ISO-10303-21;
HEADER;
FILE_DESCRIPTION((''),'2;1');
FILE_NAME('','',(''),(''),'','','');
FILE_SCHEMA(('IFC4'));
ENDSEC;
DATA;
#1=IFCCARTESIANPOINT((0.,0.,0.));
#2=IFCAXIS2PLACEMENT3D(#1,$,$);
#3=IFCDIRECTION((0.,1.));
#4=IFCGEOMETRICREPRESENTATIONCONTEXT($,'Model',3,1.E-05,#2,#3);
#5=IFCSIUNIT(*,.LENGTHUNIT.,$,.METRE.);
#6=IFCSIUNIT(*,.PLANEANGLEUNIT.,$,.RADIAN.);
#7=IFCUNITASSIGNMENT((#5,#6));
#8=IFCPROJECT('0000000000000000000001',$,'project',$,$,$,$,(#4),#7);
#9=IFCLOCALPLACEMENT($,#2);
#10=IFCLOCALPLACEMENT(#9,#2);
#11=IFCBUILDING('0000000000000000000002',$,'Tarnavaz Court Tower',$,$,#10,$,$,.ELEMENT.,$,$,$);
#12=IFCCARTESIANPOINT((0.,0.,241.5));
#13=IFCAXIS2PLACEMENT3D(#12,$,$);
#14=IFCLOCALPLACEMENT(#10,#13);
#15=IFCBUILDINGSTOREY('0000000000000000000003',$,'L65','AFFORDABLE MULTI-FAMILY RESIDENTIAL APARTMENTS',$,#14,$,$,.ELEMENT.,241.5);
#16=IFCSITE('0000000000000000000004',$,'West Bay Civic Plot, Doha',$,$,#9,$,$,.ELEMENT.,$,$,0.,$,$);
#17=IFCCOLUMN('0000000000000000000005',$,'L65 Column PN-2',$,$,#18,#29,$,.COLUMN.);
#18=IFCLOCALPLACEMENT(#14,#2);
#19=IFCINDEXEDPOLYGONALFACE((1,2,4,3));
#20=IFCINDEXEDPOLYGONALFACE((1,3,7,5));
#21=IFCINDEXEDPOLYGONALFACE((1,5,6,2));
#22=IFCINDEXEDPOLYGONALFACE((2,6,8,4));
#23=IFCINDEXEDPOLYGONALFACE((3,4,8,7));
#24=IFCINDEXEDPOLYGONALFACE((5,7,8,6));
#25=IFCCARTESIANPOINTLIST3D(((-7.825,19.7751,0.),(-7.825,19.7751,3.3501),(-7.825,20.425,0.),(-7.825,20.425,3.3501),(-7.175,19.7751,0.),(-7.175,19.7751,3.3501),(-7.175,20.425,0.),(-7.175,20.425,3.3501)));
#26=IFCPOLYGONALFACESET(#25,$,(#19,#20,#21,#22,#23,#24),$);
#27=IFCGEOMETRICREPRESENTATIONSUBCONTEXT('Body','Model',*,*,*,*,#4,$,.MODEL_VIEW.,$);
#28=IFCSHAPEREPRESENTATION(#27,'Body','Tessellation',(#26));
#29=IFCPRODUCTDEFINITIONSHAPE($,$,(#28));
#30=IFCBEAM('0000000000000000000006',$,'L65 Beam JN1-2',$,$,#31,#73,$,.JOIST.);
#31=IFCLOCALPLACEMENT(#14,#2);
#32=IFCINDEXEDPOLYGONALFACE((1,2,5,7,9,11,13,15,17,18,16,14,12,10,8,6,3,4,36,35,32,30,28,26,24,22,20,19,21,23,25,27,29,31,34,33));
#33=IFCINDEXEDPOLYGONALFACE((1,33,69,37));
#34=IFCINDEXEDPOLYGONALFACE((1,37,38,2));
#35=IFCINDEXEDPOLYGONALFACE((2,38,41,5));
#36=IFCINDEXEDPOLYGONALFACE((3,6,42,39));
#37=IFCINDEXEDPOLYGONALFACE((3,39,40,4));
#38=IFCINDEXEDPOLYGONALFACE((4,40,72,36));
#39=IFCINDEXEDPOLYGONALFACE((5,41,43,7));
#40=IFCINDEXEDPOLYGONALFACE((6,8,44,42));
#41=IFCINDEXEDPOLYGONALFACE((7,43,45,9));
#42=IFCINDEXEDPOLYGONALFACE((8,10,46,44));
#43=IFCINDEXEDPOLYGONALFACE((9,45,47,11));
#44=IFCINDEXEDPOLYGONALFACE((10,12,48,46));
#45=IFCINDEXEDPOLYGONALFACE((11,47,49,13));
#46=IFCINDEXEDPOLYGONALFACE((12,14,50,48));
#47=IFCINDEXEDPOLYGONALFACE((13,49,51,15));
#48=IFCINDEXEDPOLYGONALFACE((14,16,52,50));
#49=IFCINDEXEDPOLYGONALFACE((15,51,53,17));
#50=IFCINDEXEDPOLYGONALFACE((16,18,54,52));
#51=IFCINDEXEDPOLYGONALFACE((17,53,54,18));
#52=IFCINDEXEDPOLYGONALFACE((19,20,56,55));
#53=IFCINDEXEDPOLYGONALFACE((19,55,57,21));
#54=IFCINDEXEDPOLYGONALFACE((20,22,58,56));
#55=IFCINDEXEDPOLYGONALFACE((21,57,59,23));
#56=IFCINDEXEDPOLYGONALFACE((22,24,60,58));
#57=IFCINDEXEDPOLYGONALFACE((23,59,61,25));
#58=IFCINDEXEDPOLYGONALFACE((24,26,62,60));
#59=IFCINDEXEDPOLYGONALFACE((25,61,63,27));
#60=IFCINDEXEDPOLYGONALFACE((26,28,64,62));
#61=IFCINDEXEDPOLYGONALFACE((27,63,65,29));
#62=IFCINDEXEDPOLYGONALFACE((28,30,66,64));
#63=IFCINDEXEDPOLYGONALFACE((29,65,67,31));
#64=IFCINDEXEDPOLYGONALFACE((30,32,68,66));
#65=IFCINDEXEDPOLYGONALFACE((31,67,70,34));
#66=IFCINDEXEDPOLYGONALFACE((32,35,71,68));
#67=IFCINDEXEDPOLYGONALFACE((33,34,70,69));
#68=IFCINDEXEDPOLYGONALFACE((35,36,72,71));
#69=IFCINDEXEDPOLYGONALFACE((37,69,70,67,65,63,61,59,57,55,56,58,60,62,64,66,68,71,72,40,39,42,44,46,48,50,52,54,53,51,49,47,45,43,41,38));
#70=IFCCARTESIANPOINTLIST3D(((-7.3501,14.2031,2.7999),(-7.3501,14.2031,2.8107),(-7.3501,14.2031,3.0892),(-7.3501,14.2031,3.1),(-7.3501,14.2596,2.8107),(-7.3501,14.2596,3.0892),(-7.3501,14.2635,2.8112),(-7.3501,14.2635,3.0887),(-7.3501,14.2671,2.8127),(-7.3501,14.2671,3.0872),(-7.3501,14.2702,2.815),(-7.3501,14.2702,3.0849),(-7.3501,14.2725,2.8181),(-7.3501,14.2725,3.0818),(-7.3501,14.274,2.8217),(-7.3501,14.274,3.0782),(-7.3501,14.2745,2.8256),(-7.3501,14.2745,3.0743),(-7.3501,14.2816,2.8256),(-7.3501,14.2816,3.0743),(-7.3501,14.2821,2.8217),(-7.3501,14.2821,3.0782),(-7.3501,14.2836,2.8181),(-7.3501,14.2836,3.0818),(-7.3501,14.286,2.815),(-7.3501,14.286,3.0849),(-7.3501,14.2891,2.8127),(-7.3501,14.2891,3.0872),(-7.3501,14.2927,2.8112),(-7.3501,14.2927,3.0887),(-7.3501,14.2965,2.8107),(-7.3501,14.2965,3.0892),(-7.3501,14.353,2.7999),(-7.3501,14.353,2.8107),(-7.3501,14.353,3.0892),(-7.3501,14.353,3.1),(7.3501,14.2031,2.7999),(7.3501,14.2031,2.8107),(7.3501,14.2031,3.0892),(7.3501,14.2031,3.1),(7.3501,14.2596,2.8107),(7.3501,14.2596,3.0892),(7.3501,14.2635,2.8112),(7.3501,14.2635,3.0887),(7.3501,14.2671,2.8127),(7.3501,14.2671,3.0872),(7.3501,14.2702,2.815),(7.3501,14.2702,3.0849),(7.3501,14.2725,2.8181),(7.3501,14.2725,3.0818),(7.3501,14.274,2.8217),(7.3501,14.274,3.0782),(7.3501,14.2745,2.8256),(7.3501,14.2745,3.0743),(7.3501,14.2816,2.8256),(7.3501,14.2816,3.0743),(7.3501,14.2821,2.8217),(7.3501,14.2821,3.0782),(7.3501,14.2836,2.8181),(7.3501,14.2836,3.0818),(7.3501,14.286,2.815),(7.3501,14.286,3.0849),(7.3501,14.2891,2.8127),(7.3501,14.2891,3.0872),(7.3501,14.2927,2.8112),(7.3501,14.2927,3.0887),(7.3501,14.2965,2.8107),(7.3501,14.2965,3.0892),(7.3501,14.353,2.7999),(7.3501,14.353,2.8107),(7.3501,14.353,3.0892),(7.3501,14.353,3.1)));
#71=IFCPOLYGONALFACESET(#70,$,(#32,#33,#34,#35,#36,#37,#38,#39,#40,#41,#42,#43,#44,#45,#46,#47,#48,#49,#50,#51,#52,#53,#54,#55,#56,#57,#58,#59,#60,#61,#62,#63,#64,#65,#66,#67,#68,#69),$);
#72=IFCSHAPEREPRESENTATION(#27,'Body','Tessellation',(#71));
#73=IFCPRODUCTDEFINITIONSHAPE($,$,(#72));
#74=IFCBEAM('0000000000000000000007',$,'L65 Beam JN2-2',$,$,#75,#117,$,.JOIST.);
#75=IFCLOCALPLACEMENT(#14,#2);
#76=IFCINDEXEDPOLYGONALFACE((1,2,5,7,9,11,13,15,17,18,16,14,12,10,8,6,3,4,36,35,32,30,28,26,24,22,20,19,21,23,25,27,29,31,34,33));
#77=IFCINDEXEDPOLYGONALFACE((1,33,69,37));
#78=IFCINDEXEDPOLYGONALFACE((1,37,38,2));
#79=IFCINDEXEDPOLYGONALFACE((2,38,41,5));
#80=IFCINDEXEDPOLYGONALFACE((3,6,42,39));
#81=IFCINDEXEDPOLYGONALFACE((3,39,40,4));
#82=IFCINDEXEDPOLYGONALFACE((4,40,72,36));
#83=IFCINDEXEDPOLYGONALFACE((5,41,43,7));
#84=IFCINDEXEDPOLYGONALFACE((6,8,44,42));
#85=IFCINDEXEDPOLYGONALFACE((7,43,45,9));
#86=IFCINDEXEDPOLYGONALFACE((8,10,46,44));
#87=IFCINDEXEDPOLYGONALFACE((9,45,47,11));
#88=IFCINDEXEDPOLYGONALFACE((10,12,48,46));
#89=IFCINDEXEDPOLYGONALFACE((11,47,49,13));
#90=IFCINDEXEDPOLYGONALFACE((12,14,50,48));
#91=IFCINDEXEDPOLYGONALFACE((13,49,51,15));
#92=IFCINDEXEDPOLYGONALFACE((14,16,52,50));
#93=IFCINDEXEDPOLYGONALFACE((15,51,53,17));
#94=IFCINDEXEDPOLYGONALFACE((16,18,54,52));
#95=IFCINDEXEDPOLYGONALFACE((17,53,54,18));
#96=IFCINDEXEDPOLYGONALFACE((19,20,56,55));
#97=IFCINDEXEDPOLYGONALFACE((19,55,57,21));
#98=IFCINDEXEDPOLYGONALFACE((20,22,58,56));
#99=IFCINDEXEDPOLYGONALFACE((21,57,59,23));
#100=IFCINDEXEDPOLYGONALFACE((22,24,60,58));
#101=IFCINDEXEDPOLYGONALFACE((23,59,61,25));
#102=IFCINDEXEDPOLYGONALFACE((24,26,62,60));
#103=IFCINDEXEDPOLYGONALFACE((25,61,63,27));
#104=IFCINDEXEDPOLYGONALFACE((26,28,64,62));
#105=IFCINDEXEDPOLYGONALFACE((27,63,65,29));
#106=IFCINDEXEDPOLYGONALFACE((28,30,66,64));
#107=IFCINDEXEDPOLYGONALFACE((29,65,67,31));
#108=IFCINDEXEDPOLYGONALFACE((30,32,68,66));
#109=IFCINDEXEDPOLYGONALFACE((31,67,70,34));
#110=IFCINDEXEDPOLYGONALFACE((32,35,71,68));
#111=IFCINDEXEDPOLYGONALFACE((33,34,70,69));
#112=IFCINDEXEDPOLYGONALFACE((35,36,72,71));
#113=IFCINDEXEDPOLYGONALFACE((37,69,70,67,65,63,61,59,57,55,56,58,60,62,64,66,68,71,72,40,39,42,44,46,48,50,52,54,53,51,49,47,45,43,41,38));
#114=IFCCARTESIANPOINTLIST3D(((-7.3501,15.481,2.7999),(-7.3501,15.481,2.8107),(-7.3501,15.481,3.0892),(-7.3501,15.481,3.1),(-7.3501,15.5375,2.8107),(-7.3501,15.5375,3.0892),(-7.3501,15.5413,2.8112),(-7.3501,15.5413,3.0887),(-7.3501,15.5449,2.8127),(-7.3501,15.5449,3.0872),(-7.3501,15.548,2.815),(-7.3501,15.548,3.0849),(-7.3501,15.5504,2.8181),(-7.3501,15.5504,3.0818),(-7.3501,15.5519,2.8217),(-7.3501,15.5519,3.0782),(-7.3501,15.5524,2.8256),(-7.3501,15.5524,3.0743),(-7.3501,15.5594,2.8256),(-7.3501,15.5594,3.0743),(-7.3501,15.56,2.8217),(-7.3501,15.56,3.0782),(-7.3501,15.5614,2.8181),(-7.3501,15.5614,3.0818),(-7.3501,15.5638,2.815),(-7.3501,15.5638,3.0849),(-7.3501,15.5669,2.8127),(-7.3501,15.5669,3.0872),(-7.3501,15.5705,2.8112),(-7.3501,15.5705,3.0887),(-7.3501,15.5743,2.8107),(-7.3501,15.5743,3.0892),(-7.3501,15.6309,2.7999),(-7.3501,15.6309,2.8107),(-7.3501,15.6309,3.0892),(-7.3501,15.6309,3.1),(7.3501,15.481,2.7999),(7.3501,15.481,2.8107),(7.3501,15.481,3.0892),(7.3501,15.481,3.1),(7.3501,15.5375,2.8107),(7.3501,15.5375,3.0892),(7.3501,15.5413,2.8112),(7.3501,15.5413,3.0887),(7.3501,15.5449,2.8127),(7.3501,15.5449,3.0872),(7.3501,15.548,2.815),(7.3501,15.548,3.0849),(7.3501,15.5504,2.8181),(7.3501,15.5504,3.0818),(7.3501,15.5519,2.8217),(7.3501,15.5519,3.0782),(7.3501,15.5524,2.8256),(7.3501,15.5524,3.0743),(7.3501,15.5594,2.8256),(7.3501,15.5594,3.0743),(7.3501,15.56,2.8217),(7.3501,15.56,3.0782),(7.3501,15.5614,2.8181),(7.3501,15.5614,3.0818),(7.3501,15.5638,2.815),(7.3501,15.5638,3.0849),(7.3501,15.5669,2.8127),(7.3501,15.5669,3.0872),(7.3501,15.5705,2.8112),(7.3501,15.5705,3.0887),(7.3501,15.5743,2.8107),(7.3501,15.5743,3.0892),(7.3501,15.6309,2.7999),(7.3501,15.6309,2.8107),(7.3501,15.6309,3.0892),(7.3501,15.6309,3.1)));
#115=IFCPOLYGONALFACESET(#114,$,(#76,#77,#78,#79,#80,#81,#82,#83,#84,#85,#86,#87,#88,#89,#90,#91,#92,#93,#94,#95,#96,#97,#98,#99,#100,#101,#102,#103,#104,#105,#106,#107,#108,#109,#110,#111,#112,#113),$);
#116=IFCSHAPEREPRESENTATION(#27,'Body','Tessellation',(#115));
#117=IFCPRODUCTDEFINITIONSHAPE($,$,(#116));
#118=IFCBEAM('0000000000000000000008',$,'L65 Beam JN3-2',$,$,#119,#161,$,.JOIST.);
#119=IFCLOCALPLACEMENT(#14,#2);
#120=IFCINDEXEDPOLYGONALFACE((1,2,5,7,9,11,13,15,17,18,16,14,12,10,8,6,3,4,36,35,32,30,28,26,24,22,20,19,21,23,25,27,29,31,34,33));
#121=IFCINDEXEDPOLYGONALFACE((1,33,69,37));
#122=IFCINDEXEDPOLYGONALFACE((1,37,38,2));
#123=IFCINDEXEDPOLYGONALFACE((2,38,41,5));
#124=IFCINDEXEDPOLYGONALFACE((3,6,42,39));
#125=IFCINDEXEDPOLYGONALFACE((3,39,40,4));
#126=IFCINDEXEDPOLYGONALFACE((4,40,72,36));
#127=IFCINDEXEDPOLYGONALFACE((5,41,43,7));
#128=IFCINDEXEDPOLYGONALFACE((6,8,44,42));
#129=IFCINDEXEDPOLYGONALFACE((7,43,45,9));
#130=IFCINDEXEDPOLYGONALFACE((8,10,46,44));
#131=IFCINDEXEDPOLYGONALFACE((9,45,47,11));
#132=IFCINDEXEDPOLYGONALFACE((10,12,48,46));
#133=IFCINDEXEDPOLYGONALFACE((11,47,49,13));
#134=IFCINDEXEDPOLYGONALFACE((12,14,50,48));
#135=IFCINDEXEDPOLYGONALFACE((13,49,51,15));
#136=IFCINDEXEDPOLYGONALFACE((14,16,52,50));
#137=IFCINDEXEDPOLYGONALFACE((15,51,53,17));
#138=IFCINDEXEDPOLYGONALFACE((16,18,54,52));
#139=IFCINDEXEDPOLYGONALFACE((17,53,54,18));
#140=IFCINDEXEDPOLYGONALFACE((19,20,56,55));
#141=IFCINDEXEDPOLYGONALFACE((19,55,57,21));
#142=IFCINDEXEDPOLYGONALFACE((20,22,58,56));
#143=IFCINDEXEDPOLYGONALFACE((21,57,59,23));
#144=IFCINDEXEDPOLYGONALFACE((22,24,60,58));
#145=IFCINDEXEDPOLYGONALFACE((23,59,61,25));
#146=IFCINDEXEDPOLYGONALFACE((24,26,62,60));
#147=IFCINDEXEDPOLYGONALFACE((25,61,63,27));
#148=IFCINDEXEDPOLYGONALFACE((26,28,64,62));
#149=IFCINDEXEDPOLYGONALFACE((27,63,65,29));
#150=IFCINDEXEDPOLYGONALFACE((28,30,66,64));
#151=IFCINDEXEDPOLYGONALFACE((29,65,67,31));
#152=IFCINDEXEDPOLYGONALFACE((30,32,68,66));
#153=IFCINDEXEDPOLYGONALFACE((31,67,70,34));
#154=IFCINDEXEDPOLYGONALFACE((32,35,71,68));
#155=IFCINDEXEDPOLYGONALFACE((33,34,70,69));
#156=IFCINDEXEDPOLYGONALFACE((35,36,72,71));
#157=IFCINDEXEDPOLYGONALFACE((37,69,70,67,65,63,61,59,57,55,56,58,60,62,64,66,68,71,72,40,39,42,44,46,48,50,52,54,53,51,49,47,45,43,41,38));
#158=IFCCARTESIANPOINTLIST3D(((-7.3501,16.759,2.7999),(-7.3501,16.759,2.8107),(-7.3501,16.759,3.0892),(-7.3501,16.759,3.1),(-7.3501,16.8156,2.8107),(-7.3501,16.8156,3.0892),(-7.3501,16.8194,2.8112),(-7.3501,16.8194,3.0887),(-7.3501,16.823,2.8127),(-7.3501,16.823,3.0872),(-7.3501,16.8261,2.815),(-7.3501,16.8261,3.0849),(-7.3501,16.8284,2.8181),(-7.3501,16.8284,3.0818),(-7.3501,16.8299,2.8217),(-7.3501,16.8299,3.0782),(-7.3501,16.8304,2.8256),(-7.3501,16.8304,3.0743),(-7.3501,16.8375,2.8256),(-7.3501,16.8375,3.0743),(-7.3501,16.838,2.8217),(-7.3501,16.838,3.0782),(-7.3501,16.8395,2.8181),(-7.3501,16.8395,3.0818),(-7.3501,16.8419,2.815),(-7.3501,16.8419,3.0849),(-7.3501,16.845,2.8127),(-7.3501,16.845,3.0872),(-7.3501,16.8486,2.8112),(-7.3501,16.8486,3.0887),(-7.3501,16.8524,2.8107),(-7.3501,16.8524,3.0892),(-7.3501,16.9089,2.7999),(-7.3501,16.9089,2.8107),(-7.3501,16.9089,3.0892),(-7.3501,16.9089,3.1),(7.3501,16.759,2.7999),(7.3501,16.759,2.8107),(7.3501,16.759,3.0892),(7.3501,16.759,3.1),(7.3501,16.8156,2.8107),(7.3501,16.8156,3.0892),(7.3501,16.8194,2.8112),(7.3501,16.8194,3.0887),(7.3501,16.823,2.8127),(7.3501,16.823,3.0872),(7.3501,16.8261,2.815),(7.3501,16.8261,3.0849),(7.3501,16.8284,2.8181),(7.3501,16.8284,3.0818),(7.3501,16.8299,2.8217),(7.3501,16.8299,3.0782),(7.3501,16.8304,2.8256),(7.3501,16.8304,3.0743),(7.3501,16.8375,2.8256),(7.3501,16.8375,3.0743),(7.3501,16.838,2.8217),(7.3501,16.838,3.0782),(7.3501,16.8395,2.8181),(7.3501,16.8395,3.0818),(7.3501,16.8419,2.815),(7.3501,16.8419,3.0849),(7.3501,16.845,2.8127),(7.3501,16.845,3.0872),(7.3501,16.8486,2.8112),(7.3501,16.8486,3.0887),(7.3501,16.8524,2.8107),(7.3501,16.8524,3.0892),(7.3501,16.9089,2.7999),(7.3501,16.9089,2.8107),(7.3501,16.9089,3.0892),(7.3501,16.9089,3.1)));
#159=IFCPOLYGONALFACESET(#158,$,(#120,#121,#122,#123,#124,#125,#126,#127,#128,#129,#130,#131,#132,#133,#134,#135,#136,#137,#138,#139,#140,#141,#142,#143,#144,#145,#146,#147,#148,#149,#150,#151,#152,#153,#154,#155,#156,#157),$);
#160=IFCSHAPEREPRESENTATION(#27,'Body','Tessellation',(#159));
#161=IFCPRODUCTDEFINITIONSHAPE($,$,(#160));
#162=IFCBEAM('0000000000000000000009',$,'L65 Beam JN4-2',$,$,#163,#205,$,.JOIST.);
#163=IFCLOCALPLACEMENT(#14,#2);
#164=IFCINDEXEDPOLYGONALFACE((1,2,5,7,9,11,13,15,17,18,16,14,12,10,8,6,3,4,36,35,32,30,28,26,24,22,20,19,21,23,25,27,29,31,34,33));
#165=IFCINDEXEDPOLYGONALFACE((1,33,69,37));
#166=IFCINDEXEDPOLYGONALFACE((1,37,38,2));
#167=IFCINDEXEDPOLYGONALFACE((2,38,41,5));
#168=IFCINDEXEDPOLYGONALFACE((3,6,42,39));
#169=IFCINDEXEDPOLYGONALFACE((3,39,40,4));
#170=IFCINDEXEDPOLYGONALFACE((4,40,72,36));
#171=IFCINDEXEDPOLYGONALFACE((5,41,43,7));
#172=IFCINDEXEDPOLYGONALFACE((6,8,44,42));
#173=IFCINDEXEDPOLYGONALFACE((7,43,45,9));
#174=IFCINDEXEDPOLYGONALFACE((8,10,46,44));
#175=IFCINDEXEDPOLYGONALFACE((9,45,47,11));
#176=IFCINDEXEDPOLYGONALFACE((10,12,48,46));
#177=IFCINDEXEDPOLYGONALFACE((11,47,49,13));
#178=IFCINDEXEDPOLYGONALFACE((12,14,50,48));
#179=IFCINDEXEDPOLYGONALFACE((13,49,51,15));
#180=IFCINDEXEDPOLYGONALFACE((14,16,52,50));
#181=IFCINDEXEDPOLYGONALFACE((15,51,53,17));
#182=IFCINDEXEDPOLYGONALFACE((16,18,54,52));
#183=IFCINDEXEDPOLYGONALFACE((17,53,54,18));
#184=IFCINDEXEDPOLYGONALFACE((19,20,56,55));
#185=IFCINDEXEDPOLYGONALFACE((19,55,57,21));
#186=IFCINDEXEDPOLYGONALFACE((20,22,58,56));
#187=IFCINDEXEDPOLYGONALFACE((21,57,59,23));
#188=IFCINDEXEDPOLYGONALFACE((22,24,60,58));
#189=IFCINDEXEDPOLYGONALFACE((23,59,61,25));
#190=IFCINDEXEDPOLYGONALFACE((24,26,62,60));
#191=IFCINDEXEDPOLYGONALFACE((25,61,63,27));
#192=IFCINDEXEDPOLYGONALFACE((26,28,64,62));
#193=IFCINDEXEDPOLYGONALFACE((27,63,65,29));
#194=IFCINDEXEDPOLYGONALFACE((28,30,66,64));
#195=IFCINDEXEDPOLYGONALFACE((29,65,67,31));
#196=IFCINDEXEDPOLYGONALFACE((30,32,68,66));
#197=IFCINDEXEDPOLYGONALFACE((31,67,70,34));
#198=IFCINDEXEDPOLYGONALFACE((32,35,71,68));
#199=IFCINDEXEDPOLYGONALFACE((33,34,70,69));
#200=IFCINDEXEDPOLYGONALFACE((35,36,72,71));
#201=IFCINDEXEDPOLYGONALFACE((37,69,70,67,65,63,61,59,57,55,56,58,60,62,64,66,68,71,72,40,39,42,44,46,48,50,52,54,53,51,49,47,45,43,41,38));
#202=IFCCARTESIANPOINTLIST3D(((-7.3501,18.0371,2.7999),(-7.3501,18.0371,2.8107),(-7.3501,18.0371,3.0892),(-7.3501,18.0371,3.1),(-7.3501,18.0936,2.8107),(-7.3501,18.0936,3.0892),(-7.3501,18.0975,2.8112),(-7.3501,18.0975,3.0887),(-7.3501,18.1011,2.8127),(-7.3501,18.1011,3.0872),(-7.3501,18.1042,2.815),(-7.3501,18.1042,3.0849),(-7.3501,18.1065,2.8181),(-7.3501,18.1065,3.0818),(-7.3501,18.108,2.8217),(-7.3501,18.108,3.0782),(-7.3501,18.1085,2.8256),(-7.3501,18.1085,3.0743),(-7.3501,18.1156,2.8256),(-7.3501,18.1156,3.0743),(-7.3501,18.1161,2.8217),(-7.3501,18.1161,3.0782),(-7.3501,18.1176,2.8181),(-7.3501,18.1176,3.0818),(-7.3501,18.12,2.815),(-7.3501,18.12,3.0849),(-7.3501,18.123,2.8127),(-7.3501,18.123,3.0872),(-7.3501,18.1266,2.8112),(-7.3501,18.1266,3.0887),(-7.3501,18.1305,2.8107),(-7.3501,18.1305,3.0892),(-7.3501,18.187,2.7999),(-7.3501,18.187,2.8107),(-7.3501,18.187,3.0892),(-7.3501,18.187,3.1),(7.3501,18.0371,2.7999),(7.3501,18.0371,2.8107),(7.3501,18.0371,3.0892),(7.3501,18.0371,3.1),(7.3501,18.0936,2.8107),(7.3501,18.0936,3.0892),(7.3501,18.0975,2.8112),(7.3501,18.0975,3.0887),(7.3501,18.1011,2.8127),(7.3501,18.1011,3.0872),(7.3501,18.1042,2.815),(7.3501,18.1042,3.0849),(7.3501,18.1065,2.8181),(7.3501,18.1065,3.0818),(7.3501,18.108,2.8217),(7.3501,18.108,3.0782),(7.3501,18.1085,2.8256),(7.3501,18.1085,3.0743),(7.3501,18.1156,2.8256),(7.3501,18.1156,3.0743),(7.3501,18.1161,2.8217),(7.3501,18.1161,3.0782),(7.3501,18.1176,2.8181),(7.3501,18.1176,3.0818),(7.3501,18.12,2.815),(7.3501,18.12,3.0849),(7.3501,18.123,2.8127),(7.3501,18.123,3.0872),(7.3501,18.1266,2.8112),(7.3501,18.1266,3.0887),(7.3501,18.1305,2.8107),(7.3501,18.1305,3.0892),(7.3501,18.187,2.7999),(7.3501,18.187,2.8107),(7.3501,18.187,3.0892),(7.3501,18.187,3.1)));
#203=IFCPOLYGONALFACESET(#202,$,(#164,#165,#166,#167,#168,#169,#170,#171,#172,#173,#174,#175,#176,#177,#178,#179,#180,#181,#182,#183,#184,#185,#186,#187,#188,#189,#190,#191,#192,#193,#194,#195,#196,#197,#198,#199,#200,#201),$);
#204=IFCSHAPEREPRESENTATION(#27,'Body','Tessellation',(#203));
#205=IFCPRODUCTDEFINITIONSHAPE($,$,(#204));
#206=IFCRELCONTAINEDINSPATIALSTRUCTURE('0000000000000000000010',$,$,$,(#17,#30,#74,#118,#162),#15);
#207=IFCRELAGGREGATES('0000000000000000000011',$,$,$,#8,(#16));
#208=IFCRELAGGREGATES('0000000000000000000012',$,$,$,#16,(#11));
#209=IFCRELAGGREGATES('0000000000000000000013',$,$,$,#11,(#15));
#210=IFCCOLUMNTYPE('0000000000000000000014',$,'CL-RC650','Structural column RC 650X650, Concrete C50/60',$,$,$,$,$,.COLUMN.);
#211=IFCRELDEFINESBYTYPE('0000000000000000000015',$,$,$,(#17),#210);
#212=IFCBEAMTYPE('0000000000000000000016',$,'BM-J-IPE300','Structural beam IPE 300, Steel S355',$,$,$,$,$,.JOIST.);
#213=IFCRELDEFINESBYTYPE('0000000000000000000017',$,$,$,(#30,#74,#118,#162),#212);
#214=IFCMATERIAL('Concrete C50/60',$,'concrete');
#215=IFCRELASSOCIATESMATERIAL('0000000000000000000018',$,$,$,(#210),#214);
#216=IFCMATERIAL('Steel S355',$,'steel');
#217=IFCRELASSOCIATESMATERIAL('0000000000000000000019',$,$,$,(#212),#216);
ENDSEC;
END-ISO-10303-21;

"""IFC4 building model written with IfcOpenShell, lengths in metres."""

from ifc_helpers import new_model, si_unit, direction, frame, origin, origin_2d, place, context, subcontext, project, spatial, rectangle, i_section, extrude, material, material_profile, profile_set, type_object, element, save


model = new_model("IFC4")

# Units and contexts
model_context = context("Model", 3, precision=1e-05, world=origin(), true_north=direction((0.0, 1.0)))
body_context = subcontext(model_context, "Body", "Model", "MODEL_VIEW")
ifc_project = project(units=[si_unit("LENGTHUNIT", "METRE"), si_unit("PLANEANGLEUNIT", "RADIAN")], contexts=[model_context])

# Site, building, storey
site_placement = place(None, origin())
site = spatial("IfcSite", under=ifc_project, at=site_placement, Name="West Bay Civic Plot, Doha", CompositionType="ELEMENT", RefElevation=0.0)
building_placement = place(site_placement, origin())
building = spatial("IfcBuilding", under=site, at=building_placement, Name="Tarnavaz Court Tower", CompositionType="ELEMENT")
storey_placement = place(building_placement, frame((0.0, 0.0, 241.5)))
storey = spatial("IfcBuildingStorey", under=building, at=storey_placement, Name="L65", Description="AFFORDABLE MULTI-FAMILY RESIDENTIAL APARTMENTS", CompositionType="ELEMENT", Elevation=241.5)

# Column
ifc_material_1 = material(Name="Concrete C50/60", Category="concrete")
ifc_material_profile_1 = material_profile(ifc_material_1, rectangle(XDim=0.6499, YDim=0.6499, at=origin_2d()), Name="RC 650X650")
ifc_profile_set_1 = profile_set([ifc_material_profile_1], Name="Concrete C50/60")
column_type = type_object("IfcColumnType", Name="CL-RC650", Description="Structural column RC 650X650, Concrete C50/60", PredefinedType="COLUMN", material=ifc_profile_set_1)
column_placement = place(storey_placement, frame((-7.5, 20.1001, 0.0), z_axis=(0.0, 0.0, 1.0), x_axis=(1.0, 0.0, 0.0)))
element("IfcColumn", 1, at=column_placement, inside=storey, type_object=column_type, Name="L65 Column PN-2", PredefinedType="COLUMN", context=body_context, shape_type="SweptSolid", body=[
    extrude(rectangle(XDim=0.6499, YDim=0.6499, at=origin_2d()), origin(), (0.0, 0.0, 1.0), 3.3501),
])

# Beams
ifc_material_2 = material(Name="Steel S355", Category="steel")
ifc_material_profile_2 = material_profile(ifc_material_2, i_section(OverallWidth=0.1499, OverallDepth=0.3, WebThickness=0.0071, FlangeThickness=0.0107, FilletRadius=0.0149, at=origin_2d()), Name="IPE 300")
ifc_profile_set_2 = profile_set([ifc_material_profile_2], Name="Steel S355")
beam_type_1 = type_object("IfcBeamType", Name="BM-J-IPE300", Description="Structural beam IPE 300, Steel S355", PredefinedType="JOIST", material=ifc_profile_set_2)
for number, where, z_axis, x_axis, name in (
    (2, (-7.3501, 14.2781, 2.95), (1.0, 0.0, 0.0), (0.0, 1.0, 0.0), "L65 Beam JN1-2"),
    (3, (-7.3501, 15.5559, 2.95), (1.0, 0.0, 0.0), (0.0, 1.0, 0.0), "L65 Beam JN2-2"),
    (4, (-7.3501, 16.834, 2.95), (1.0, 0.0, 0.0), (0.0, 1.0, 0.0), "L65 Beam JN3-2"),
    (5, (-7.3501, 18.1121, 2.95), (1.0, 0.0, 0.0), (0.0, 1.0, 0.0), "L65 Beam JN4-2"),
):
    element("IfcBeam", number, at=place(storey_placement, frame(where, z_axis=z_axis, x_axis=x_axis)), inside=storey, type_object=beam_type_1, Name=name, PredefinedType="JOIST", context=body_context, shape_type="SweptSolid", body=[
        extrude(i_section(OverallWidth=0.1499, OverallDepth=0.3, WebThickness=0.0071, FlangeThickness=0.0107, FilletRadius=0.0149, at=origin_2d()), origin(), (0.0, 0.0, 1.0), 14.7002),
    ])

save(model, "model.ifc")
